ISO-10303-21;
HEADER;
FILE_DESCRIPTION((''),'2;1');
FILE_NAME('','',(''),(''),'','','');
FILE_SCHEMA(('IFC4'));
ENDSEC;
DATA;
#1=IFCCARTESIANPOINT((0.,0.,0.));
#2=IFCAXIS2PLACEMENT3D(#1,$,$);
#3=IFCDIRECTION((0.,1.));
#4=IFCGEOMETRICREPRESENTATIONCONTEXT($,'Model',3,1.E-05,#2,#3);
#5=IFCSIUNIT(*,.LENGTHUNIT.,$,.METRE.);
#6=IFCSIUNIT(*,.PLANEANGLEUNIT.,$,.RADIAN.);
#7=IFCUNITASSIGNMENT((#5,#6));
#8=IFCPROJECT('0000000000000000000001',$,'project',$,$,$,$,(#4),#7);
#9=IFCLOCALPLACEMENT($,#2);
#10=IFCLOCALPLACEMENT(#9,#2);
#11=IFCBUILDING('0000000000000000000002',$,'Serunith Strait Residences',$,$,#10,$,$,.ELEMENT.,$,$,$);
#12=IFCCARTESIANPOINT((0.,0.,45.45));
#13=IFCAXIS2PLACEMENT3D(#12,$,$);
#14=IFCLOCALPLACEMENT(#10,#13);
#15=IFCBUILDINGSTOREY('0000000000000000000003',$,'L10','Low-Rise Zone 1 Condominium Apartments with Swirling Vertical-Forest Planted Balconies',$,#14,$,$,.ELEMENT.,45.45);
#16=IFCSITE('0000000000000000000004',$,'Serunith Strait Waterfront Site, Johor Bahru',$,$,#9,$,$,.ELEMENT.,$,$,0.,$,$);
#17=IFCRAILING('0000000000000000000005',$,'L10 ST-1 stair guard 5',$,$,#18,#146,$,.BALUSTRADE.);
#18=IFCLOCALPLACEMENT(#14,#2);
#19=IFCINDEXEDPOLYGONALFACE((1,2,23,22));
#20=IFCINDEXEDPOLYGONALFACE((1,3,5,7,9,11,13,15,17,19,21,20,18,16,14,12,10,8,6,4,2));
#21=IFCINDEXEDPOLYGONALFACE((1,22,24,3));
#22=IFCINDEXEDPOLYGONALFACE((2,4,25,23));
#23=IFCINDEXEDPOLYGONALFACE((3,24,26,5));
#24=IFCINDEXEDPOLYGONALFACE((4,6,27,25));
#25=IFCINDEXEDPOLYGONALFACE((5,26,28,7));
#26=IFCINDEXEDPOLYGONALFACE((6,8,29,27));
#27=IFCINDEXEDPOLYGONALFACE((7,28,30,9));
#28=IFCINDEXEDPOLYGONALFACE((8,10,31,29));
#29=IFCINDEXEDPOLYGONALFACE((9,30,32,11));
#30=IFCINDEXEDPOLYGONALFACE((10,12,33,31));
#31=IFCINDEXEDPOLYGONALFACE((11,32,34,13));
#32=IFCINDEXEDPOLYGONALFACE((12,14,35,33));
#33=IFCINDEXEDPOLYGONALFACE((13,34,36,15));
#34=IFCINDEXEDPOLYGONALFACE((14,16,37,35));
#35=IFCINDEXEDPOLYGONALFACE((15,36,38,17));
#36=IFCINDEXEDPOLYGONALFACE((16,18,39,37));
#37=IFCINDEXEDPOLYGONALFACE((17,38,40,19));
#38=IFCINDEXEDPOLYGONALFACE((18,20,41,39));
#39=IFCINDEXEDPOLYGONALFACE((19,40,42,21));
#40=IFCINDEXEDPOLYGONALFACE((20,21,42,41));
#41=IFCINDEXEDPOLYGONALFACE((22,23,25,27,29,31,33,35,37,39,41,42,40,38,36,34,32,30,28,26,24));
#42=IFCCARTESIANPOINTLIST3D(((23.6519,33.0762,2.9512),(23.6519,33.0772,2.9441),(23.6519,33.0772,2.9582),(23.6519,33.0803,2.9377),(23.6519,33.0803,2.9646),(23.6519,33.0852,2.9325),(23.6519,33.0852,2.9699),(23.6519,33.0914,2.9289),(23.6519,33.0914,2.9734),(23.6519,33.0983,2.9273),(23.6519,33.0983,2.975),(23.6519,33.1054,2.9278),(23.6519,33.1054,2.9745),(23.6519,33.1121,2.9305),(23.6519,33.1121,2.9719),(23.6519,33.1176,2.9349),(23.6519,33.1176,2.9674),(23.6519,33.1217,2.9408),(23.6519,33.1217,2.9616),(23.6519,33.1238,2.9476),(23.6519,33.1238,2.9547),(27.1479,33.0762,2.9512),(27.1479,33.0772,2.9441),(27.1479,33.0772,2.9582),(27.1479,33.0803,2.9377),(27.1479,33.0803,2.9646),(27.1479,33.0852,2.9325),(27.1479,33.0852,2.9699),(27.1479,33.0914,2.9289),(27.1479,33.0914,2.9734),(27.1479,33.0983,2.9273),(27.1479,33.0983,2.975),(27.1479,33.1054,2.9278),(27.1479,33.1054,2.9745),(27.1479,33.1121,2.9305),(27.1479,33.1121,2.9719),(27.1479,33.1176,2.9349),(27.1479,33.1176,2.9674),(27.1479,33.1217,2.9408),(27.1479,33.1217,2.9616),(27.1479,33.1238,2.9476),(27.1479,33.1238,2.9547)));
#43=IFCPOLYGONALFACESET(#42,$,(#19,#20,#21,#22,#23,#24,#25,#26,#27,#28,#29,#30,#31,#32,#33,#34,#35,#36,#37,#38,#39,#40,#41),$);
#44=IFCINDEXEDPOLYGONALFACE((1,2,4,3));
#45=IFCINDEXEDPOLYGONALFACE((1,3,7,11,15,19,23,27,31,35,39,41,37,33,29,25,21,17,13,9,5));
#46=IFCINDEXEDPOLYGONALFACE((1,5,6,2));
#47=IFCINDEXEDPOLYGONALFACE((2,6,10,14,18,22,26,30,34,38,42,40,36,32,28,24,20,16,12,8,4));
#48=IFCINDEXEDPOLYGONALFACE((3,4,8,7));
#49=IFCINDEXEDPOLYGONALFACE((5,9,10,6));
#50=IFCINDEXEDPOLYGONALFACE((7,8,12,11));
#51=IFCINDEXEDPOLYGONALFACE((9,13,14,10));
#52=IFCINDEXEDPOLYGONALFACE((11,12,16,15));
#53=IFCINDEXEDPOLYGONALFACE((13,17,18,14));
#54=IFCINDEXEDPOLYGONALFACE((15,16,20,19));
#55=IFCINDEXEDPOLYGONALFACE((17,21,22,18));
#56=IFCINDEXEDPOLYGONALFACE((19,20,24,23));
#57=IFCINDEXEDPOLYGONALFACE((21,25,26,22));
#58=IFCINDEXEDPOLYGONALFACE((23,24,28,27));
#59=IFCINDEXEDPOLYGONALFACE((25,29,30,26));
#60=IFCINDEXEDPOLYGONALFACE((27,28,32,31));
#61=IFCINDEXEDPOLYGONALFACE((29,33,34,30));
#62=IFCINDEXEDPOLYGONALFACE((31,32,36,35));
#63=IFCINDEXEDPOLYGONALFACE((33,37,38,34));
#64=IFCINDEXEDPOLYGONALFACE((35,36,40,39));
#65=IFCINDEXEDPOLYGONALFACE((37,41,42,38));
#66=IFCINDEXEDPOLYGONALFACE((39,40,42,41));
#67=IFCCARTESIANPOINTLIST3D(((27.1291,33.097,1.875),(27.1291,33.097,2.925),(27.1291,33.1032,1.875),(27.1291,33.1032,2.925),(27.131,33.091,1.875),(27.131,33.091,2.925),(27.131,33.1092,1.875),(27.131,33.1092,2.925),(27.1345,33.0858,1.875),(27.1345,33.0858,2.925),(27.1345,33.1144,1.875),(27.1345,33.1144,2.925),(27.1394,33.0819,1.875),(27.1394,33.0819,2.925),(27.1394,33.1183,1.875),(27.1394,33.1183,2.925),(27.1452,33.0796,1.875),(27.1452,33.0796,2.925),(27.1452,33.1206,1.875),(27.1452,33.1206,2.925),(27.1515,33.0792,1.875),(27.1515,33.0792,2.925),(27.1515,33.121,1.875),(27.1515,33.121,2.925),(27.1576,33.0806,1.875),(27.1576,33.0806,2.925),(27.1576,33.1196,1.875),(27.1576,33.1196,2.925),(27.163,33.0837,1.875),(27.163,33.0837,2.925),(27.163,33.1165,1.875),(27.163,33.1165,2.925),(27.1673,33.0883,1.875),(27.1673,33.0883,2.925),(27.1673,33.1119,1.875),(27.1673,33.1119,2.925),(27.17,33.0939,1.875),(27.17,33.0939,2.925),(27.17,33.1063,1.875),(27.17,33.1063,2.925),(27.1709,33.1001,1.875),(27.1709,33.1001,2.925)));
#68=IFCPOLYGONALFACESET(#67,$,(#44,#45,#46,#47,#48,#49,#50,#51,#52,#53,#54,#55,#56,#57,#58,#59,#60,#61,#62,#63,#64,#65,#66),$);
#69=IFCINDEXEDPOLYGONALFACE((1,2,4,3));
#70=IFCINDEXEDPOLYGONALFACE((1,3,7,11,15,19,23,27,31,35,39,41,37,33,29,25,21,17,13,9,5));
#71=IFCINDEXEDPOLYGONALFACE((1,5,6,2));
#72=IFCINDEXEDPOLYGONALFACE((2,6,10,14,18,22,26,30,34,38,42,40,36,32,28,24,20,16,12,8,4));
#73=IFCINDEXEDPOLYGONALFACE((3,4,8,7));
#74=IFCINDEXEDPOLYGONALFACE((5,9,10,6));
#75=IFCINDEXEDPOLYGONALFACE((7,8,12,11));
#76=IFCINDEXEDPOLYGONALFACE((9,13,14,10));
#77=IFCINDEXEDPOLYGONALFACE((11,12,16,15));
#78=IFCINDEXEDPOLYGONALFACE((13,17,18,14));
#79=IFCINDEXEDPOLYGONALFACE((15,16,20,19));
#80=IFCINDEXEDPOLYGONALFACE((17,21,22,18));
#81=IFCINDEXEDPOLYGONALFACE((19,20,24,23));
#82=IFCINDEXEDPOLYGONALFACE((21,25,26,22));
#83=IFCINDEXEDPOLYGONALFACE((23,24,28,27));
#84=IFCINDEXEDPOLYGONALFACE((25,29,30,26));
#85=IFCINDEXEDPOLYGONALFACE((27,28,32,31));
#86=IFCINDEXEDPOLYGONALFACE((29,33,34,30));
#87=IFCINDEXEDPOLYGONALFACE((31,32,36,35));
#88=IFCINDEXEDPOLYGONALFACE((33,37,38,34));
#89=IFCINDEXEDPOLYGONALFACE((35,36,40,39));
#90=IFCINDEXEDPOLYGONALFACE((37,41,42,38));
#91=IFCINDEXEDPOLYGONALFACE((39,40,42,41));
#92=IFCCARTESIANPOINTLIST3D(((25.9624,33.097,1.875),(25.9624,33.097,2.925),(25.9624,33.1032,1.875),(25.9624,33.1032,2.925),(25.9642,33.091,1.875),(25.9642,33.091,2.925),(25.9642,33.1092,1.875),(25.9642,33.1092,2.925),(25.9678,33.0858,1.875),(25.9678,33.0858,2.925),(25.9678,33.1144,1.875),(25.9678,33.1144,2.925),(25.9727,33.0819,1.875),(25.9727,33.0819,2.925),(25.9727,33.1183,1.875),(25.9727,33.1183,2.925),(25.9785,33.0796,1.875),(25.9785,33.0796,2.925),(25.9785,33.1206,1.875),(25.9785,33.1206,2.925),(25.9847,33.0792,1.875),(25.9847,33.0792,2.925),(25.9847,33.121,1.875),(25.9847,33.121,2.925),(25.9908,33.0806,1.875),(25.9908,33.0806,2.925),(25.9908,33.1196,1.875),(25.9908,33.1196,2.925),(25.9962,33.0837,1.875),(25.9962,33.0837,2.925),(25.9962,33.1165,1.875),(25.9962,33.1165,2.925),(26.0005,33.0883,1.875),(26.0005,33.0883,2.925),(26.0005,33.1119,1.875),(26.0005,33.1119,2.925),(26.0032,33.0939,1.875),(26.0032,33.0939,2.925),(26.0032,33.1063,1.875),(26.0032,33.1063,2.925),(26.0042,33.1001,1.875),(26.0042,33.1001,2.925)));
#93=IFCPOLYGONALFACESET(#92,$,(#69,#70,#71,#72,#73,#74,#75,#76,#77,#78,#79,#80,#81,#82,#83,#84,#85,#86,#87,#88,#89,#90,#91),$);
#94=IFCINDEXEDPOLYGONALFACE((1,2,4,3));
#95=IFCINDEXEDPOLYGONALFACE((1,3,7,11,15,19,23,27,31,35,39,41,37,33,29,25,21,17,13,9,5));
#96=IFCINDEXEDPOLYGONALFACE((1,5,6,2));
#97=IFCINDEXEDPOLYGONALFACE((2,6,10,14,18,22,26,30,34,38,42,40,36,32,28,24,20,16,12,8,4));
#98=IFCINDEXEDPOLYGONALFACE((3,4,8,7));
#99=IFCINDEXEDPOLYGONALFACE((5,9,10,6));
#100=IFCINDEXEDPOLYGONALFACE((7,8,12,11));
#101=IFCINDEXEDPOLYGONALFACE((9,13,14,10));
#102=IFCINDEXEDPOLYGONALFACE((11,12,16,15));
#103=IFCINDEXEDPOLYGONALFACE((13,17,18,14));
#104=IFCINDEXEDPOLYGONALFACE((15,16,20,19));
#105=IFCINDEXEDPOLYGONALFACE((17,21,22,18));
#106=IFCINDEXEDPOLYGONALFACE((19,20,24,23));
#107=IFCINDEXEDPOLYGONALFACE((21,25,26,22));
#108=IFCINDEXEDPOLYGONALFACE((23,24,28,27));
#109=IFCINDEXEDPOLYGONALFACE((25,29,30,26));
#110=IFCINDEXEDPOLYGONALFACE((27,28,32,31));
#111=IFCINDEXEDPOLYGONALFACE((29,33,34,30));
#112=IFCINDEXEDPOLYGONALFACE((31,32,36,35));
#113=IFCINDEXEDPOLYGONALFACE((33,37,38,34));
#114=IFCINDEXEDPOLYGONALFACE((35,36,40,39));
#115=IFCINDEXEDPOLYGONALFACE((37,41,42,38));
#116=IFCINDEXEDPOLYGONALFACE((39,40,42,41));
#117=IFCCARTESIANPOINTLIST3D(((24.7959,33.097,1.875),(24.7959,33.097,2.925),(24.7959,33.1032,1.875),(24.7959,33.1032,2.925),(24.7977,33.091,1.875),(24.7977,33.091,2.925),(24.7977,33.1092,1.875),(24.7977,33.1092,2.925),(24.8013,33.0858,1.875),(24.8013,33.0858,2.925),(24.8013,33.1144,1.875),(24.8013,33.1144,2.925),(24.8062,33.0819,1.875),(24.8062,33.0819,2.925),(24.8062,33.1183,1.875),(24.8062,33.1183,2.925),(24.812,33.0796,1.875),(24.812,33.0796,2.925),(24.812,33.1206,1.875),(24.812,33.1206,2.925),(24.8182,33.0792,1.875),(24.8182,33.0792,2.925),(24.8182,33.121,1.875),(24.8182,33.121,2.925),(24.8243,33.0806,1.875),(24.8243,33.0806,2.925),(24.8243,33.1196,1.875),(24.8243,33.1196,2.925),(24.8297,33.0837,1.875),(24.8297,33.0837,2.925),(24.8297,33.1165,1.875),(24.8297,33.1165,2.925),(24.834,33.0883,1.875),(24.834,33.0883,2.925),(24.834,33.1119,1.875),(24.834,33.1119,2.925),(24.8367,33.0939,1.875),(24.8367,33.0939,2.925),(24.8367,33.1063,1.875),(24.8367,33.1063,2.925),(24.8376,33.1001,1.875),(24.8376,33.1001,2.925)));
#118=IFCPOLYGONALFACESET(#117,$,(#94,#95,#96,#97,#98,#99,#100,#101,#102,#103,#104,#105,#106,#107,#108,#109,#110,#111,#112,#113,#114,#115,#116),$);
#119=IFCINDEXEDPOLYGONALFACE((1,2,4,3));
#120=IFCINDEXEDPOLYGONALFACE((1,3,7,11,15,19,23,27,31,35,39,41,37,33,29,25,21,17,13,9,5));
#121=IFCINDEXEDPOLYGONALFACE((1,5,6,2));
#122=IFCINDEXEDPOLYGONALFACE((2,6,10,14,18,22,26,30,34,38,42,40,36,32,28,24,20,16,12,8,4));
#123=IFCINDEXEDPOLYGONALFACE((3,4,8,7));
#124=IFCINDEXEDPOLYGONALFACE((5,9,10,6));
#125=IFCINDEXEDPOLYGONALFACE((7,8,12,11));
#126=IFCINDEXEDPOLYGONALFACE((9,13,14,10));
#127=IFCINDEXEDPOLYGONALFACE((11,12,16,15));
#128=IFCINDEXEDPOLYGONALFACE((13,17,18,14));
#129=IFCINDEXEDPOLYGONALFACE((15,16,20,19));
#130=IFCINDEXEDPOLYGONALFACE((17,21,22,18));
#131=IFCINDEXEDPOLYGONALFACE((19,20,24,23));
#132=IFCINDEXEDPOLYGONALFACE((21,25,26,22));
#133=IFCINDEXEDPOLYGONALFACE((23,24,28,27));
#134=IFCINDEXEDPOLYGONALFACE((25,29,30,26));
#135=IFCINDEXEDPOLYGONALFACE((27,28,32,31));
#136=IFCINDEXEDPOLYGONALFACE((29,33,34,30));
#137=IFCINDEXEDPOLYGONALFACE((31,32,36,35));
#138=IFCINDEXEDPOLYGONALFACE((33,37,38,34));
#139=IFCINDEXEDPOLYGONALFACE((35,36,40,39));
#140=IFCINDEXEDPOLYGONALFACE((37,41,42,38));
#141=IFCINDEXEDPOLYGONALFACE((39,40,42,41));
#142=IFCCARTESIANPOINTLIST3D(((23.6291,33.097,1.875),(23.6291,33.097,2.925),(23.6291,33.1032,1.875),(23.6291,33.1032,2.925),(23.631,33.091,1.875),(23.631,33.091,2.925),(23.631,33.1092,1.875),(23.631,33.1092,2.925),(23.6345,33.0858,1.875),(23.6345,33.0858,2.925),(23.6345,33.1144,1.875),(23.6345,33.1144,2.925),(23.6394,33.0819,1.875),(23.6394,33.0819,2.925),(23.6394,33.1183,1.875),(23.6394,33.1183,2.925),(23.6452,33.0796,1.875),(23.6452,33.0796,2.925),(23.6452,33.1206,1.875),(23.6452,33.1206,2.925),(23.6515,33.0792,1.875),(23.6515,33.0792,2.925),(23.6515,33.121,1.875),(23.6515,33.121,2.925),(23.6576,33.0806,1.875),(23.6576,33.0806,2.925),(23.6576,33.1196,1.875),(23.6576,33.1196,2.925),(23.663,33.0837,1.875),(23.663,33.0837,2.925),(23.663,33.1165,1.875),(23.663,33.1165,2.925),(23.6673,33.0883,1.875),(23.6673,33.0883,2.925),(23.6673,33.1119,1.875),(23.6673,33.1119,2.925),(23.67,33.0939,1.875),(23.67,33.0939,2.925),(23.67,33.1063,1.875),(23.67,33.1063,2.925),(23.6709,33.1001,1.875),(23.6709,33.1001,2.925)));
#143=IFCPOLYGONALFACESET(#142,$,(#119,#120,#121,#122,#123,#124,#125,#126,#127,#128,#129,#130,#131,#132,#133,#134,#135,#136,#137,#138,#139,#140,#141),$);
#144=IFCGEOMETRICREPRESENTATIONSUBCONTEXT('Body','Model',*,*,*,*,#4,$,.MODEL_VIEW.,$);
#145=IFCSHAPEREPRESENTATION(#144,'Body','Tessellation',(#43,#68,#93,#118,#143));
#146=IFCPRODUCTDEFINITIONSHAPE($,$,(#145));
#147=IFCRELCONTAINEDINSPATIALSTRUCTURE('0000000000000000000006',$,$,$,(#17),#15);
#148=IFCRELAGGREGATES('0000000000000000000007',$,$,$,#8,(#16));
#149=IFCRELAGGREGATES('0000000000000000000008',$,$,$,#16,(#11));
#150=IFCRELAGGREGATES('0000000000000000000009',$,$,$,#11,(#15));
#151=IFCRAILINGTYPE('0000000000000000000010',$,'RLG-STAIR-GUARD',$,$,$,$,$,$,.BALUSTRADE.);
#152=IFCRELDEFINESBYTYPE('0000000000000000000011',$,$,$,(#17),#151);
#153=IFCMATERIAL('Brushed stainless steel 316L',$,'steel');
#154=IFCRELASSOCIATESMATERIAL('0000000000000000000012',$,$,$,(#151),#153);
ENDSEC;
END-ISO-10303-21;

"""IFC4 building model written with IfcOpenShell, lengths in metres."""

from ifc_helpers import new_model, si_unit, direction, frame, origin, origin_2d, place, context, subcontext, project, spatial, circle, extrude, material, type_object, element, save


model = new_model("IFC4")

# Units and contexts
model_context = context("Model", 3, precision=1e-05, world=origin(), true_north=direction((0.0, 1.0)))
body_context = subcontext(model_context, "Body", "Model", "MODEL_VIEW")
ifc_project = project(units=[si_unit("LENGTHUNIT", "METRE"), si_unit("PLANEANGLEUNIT", "RADIAN")], contexts=[model_context])

# Site, building, storey
site_placement = place(None, origin())
site = spatial("IfcSite", under=ifc_project, at=site_placement, Name="Serunith Strait Waterfront Site, Johor Bahru", CompositionType="ELEMENT", RefElevation=0.0)
building_placement = place(site_placement, origin())
building = spatial("IfcBuilding", under=site, at=building_placement, Name="Serunith Strait Residences", CompositionType="ELEMENT")
storey_placement = place(building_placement, frame((0.0, 0.0, 45.45)))
storey = spatial("IfcBuildingStorey", under=building, at=storey_placement, Name="L10", Description="Low-Rise Zone 1 Condominium Apartments with Swirling Vertical-Forest Planted Balconies", CompositionType="ELEMENT", Elevation=45.45)

# Railing
ifc_material_1 = material(Name="Brushed stainless steel 316L", Category="steel")
railing_type_1 = type_object("IfcRailingType", Name="RLG-STAIR-GUARD", PredefinedType="BALUSTRADE", material=ifc_material_1)
railing_1_placement = place(storey_placement, frame((27.1499, 33.1001, 1.875)))
element("IfcRailing", 1, at=railing_1_placement, inside=storey, type_object=railing_type_1, Name="L10 ST-1 stair guard 5", PredefinedType="BALUSTRADE", context=body_context, shape_type="SweptSolid", body=[
    extrude(circle(Radius=0.0239, at=origin_2d()), frame((-0.002, 0.0, 1.0762), z_axis=(-1.0, 0.0, 0.0), x_axis=(0.0, -1.0, 0.0)), (0.0, 0.0, 1.0), 3.4961),
    extrude(circle(Radius=0.021, at=origin_2d()), origin(), (0.0, 0.0, 1.0), 1.05),
    extrude(circle(Radius=0.021, at=origin_2d()), frame((-1.1667, 0.0, 0.0)), (0.0, 0.0, 1.0), 1.05),
    extrude(circle(Radius=0.021, at=origin_2d()), frame((-2.3333, 0.0, 0.0)), (0.0, 0.0, 1.0), 1.05),
    extrude(circle(Radius=0.021, at=origin_2d()), frame((-3.5, 0.0, 0.0)), (0.0, 0.0, 1.0), 1.05),
])

save(model, "model.ifc")
